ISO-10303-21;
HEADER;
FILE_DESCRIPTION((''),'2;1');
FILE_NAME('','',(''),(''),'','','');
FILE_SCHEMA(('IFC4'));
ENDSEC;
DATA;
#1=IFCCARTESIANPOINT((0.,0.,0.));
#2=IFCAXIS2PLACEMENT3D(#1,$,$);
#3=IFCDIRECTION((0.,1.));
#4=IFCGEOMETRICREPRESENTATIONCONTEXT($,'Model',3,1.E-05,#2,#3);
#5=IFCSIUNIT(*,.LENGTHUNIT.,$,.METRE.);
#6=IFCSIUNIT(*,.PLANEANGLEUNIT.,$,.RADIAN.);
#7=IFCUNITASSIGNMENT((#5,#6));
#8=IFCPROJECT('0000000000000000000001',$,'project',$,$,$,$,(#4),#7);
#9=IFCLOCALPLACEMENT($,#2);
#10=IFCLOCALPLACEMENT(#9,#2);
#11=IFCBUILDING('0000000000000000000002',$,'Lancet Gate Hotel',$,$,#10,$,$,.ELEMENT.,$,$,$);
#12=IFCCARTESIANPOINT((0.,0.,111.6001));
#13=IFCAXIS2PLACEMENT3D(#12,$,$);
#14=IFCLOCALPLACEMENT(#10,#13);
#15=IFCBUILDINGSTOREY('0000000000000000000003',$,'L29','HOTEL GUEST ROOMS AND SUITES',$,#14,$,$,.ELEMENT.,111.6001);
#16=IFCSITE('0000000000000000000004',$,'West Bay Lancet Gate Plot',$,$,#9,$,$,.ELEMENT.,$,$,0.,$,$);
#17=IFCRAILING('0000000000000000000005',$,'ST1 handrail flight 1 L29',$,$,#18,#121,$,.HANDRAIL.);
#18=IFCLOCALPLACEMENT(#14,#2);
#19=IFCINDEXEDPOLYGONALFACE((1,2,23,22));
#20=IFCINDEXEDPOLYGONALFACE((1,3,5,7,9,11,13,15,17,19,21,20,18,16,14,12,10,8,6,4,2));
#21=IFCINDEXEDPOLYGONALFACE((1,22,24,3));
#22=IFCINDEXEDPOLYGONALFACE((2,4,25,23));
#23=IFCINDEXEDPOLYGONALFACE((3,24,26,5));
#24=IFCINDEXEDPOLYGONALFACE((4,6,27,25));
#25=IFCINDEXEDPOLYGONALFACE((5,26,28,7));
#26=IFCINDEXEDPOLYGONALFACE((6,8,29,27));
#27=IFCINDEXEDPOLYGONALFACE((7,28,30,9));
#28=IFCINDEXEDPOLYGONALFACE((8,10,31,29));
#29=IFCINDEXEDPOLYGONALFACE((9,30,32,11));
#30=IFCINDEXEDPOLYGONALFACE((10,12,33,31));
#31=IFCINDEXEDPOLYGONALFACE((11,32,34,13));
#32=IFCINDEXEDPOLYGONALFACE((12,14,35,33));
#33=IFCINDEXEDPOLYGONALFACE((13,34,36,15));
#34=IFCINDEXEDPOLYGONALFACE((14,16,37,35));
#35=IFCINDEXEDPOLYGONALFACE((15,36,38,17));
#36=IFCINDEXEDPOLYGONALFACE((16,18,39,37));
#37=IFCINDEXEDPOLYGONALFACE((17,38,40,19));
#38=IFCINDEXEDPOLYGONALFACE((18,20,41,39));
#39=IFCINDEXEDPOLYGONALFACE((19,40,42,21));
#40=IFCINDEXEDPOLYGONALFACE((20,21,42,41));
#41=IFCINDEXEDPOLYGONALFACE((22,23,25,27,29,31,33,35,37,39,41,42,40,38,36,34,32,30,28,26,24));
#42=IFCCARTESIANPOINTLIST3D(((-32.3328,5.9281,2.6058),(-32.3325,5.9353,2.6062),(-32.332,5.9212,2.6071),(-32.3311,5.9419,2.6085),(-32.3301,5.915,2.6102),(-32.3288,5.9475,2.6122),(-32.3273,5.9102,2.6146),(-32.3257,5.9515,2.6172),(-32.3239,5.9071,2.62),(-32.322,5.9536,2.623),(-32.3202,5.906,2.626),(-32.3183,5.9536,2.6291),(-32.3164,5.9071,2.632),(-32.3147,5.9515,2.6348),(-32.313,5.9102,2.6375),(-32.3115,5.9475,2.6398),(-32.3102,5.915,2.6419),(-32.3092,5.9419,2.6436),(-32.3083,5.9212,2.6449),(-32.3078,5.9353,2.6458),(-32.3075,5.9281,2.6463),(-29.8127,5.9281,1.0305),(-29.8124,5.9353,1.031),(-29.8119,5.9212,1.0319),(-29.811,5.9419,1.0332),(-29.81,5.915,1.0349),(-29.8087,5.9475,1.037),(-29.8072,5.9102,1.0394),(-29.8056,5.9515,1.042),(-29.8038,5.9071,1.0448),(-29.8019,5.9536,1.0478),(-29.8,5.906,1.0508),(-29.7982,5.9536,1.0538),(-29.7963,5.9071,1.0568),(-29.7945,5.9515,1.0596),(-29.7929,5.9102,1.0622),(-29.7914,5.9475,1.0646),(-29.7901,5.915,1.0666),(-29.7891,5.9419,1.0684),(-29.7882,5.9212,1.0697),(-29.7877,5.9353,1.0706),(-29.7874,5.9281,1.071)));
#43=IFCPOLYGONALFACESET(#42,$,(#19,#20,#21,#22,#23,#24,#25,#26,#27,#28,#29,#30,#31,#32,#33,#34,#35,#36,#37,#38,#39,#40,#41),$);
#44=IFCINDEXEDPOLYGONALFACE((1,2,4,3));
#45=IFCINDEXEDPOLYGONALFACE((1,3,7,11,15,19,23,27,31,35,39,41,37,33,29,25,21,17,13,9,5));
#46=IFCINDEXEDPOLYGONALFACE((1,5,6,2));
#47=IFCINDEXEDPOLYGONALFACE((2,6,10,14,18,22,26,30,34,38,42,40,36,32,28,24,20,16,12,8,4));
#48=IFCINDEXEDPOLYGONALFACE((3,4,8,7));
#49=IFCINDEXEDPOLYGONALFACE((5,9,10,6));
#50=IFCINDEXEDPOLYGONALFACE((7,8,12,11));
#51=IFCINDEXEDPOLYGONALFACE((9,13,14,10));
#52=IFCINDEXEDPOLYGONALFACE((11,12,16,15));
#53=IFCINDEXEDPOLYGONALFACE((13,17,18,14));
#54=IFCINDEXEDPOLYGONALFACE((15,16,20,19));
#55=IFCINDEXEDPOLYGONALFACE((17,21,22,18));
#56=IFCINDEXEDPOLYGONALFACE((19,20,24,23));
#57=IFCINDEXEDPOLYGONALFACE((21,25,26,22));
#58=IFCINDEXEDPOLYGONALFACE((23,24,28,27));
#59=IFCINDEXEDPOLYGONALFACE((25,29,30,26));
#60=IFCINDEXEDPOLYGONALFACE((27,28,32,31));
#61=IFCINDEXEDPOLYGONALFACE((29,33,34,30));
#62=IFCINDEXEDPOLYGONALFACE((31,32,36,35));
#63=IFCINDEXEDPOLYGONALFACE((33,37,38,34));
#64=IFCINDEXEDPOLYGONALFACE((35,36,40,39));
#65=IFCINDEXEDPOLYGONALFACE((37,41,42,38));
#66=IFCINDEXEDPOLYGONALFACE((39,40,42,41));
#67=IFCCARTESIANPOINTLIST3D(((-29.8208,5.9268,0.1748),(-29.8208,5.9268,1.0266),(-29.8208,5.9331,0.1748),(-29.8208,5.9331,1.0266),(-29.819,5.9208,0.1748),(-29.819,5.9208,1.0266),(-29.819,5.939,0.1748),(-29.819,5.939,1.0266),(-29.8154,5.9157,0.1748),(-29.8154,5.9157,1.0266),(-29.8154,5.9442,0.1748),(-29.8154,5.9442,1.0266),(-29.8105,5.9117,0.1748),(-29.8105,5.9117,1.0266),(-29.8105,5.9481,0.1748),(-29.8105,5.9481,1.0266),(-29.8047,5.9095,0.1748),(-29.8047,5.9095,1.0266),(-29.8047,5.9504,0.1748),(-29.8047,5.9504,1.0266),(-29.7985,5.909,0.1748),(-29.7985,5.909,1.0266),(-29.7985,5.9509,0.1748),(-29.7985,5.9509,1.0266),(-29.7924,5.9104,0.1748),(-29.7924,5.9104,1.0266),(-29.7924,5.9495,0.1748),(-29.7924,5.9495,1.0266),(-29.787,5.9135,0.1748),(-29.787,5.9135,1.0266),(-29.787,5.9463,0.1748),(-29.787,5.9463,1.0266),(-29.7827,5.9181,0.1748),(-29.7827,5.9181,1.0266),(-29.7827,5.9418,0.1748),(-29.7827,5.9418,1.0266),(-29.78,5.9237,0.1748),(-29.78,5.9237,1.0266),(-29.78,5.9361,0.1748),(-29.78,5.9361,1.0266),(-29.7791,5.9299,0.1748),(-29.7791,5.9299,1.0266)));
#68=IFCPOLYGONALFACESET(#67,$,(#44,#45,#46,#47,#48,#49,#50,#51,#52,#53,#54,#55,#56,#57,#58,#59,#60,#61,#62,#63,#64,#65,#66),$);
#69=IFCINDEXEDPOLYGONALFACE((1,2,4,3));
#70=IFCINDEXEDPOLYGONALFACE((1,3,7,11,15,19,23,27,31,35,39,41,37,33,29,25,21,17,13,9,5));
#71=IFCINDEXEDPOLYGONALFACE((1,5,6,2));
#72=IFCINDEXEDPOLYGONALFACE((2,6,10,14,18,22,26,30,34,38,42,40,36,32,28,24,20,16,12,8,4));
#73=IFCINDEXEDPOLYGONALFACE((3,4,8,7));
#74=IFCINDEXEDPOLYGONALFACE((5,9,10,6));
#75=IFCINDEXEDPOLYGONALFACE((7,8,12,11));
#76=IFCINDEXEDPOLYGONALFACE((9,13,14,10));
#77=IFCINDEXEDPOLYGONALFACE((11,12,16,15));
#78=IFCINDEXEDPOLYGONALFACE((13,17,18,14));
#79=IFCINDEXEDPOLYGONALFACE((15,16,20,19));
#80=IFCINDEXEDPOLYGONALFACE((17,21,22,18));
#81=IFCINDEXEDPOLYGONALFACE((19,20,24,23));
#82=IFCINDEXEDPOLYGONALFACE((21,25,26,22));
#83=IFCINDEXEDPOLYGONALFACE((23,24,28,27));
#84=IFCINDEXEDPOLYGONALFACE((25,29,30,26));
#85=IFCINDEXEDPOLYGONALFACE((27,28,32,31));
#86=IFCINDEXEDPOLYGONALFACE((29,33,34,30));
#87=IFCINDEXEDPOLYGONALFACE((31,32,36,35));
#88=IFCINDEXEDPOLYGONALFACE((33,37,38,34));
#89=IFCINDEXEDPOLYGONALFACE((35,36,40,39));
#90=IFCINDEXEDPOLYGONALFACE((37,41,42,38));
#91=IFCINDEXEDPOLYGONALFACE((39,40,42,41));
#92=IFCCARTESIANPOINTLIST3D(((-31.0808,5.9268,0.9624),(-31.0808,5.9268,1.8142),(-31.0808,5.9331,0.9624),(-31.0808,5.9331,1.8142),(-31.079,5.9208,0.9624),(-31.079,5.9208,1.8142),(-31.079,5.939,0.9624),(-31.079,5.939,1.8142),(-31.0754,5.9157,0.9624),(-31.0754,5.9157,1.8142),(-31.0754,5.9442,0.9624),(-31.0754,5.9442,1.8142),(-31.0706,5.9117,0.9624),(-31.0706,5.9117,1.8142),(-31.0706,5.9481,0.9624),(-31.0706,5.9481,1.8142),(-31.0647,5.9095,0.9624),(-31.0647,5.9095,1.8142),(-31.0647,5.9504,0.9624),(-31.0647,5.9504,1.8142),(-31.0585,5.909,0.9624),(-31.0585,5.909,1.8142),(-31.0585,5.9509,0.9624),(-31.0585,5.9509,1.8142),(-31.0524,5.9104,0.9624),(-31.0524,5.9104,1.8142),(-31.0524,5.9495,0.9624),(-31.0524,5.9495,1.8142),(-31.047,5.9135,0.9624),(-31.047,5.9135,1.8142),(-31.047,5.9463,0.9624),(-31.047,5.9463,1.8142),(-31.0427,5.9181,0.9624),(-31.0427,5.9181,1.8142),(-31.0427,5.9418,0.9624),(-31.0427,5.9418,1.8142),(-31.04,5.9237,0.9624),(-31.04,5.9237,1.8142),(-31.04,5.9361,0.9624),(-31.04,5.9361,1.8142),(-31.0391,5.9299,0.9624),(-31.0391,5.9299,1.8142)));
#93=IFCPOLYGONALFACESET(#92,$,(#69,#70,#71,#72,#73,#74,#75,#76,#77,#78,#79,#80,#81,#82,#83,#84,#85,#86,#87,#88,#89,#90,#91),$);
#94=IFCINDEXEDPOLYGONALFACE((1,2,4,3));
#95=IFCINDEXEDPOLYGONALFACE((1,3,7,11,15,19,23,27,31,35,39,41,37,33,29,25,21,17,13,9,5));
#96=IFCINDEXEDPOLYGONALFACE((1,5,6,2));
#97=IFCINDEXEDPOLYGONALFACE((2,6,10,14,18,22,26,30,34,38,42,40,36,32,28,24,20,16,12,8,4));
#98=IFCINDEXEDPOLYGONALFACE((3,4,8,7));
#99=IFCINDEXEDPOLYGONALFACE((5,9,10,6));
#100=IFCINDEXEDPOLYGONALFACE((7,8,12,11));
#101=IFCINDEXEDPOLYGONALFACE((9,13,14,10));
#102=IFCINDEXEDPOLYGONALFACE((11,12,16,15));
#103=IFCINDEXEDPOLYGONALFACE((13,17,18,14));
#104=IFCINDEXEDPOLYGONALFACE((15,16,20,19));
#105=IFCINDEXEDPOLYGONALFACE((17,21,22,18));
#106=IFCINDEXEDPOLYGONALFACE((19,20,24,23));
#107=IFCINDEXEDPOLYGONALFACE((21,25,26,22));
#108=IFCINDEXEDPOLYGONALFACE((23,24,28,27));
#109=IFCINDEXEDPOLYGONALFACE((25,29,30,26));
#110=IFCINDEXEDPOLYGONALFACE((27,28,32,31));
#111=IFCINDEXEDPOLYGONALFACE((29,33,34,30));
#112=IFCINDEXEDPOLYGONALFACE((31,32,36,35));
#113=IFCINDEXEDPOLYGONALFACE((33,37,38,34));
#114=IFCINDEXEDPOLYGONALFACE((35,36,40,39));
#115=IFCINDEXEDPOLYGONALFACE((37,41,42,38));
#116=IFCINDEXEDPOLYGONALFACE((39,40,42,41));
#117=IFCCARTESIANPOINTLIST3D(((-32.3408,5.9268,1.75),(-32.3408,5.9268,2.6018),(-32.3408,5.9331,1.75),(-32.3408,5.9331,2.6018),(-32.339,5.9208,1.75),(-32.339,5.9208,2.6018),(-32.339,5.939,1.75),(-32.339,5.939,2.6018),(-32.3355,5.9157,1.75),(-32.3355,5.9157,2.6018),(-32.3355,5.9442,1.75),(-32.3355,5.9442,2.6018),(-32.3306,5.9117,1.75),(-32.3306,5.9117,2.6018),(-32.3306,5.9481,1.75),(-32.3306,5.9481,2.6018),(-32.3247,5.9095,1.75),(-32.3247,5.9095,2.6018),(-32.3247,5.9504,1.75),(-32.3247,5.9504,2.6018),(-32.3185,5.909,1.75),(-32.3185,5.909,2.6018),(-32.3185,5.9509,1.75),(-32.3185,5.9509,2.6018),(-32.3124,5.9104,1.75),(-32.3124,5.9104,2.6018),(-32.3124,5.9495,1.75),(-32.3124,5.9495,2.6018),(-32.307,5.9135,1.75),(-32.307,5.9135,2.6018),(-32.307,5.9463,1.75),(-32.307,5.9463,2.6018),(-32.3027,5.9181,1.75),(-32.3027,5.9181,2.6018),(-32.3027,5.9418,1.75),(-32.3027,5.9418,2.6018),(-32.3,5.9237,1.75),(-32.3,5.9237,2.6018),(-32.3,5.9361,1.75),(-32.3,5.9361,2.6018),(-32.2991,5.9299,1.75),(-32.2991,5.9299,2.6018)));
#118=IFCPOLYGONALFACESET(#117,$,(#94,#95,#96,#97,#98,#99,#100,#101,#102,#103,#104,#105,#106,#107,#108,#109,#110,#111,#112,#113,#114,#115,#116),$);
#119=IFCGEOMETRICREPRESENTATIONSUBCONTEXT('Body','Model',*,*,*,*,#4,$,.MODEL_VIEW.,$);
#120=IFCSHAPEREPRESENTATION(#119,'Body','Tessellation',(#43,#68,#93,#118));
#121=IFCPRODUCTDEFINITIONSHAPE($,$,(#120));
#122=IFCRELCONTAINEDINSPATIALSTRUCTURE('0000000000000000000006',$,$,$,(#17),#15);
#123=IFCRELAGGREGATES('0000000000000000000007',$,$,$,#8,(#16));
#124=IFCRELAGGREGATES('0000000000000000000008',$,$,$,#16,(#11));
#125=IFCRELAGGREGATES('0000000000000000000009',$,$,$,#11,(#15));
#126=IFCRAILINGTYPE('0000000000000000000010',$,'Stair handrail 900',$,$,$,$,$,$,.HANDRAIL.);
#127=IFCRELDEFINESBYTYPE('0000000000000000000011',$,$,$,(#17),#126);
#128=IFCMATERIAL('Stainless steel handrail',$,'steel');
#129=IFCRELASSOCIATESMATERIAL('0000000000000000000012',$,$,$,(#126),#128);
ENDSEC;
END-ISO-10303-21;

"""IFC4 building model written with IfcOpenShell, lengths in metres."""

from ifc_helpers import new_model, si_unit, direction, frame, origin, origin_2d, place, context, subcontext, project, spatial, circle, extrude, material, type_object, element, save


model = new_model("IFC4")

# Units and contexts
model_context = context("Model", 3, precision=1e-05, world=origin(), true_north=direction((0.0, 1.0)))
body_context = subcontext(model_context, "Body", "Model", "MODEL_VIEW")
ifc_project = project(units=[si_unit("LENGTHUNIT", "METRE"), si_unit("PLANEANGLEUNIT", "RADIAN")], contexts=[model_context])

# Site, building, storey
site_placement = place(None, origin())
site = spatial("IfcSite", under=ifc_project, at=site_placement, Name="West Bay Lancet Gate Plot", CompositionType="ELEMENT", RefElevation=0.0)
building_placement = place(site_placement, origin())
building = spatial("IfcBuilding", under=site, at=building_placement, Name="Lancet Gate Hotel", CompositionType="ELEMENT")
storey_placement = place(building_placement, frame((0.0, 0.0, 111.6001)))
storey = spatial("IfcBuildingStorey", under=building, at=storey_placement, Name="L29", Description="HOTEL GUEST ROOMS AND SUITES", CompositionType="ELEMENT", Elevation=111.6001)

# Railing
ifc_material_1 = material(Name="Stainless steel handrail", Category="steel")
railing_type = type_object("IfcRailingType", Name="Stair handrail 900", PredefinedType="HANDRAIL", material=ifc_material_1)
railing_1_placement = place(storey_placement, frame((-29.8, 5.9299, 0.1748)))
element("IfcRailing", 1, at=railing_1_placement, inside=storey, type_object=railing_type, Name="ST1 handrail flight 1 L29", PredefinedType="HANDRAIL", context=body_context, shape_type="SweptSolid", body=[
    extrude(circle(Radius=0.0239, at=origin_2d()), frame((0.0, 0.0, 0.876), z_axis=(-0.847971, 0.0, 0.530043), x_axis=(0.0, -1.0, 0.0)), (0.0, 0.0, 1.0), 2.9719),
    extrude(circle(Radius=0.021, at=origin_2d()), origin(), (0.0, 0.0, 1.0), 0.8518),
    extrude(circle(Radius=0.021, at=origin_2d()), frame((-1.26, 0.0, 0.7876)), (0.0, 0.0, 1.0), 0.8518),
    extrude(circle(Radius=0.021, at=origin_2d()), frame((-2.52, 0.0, 1.5752)), (0.0, 0.0, 1.0), 0.8518),
])

save(model, "model.ifc")
